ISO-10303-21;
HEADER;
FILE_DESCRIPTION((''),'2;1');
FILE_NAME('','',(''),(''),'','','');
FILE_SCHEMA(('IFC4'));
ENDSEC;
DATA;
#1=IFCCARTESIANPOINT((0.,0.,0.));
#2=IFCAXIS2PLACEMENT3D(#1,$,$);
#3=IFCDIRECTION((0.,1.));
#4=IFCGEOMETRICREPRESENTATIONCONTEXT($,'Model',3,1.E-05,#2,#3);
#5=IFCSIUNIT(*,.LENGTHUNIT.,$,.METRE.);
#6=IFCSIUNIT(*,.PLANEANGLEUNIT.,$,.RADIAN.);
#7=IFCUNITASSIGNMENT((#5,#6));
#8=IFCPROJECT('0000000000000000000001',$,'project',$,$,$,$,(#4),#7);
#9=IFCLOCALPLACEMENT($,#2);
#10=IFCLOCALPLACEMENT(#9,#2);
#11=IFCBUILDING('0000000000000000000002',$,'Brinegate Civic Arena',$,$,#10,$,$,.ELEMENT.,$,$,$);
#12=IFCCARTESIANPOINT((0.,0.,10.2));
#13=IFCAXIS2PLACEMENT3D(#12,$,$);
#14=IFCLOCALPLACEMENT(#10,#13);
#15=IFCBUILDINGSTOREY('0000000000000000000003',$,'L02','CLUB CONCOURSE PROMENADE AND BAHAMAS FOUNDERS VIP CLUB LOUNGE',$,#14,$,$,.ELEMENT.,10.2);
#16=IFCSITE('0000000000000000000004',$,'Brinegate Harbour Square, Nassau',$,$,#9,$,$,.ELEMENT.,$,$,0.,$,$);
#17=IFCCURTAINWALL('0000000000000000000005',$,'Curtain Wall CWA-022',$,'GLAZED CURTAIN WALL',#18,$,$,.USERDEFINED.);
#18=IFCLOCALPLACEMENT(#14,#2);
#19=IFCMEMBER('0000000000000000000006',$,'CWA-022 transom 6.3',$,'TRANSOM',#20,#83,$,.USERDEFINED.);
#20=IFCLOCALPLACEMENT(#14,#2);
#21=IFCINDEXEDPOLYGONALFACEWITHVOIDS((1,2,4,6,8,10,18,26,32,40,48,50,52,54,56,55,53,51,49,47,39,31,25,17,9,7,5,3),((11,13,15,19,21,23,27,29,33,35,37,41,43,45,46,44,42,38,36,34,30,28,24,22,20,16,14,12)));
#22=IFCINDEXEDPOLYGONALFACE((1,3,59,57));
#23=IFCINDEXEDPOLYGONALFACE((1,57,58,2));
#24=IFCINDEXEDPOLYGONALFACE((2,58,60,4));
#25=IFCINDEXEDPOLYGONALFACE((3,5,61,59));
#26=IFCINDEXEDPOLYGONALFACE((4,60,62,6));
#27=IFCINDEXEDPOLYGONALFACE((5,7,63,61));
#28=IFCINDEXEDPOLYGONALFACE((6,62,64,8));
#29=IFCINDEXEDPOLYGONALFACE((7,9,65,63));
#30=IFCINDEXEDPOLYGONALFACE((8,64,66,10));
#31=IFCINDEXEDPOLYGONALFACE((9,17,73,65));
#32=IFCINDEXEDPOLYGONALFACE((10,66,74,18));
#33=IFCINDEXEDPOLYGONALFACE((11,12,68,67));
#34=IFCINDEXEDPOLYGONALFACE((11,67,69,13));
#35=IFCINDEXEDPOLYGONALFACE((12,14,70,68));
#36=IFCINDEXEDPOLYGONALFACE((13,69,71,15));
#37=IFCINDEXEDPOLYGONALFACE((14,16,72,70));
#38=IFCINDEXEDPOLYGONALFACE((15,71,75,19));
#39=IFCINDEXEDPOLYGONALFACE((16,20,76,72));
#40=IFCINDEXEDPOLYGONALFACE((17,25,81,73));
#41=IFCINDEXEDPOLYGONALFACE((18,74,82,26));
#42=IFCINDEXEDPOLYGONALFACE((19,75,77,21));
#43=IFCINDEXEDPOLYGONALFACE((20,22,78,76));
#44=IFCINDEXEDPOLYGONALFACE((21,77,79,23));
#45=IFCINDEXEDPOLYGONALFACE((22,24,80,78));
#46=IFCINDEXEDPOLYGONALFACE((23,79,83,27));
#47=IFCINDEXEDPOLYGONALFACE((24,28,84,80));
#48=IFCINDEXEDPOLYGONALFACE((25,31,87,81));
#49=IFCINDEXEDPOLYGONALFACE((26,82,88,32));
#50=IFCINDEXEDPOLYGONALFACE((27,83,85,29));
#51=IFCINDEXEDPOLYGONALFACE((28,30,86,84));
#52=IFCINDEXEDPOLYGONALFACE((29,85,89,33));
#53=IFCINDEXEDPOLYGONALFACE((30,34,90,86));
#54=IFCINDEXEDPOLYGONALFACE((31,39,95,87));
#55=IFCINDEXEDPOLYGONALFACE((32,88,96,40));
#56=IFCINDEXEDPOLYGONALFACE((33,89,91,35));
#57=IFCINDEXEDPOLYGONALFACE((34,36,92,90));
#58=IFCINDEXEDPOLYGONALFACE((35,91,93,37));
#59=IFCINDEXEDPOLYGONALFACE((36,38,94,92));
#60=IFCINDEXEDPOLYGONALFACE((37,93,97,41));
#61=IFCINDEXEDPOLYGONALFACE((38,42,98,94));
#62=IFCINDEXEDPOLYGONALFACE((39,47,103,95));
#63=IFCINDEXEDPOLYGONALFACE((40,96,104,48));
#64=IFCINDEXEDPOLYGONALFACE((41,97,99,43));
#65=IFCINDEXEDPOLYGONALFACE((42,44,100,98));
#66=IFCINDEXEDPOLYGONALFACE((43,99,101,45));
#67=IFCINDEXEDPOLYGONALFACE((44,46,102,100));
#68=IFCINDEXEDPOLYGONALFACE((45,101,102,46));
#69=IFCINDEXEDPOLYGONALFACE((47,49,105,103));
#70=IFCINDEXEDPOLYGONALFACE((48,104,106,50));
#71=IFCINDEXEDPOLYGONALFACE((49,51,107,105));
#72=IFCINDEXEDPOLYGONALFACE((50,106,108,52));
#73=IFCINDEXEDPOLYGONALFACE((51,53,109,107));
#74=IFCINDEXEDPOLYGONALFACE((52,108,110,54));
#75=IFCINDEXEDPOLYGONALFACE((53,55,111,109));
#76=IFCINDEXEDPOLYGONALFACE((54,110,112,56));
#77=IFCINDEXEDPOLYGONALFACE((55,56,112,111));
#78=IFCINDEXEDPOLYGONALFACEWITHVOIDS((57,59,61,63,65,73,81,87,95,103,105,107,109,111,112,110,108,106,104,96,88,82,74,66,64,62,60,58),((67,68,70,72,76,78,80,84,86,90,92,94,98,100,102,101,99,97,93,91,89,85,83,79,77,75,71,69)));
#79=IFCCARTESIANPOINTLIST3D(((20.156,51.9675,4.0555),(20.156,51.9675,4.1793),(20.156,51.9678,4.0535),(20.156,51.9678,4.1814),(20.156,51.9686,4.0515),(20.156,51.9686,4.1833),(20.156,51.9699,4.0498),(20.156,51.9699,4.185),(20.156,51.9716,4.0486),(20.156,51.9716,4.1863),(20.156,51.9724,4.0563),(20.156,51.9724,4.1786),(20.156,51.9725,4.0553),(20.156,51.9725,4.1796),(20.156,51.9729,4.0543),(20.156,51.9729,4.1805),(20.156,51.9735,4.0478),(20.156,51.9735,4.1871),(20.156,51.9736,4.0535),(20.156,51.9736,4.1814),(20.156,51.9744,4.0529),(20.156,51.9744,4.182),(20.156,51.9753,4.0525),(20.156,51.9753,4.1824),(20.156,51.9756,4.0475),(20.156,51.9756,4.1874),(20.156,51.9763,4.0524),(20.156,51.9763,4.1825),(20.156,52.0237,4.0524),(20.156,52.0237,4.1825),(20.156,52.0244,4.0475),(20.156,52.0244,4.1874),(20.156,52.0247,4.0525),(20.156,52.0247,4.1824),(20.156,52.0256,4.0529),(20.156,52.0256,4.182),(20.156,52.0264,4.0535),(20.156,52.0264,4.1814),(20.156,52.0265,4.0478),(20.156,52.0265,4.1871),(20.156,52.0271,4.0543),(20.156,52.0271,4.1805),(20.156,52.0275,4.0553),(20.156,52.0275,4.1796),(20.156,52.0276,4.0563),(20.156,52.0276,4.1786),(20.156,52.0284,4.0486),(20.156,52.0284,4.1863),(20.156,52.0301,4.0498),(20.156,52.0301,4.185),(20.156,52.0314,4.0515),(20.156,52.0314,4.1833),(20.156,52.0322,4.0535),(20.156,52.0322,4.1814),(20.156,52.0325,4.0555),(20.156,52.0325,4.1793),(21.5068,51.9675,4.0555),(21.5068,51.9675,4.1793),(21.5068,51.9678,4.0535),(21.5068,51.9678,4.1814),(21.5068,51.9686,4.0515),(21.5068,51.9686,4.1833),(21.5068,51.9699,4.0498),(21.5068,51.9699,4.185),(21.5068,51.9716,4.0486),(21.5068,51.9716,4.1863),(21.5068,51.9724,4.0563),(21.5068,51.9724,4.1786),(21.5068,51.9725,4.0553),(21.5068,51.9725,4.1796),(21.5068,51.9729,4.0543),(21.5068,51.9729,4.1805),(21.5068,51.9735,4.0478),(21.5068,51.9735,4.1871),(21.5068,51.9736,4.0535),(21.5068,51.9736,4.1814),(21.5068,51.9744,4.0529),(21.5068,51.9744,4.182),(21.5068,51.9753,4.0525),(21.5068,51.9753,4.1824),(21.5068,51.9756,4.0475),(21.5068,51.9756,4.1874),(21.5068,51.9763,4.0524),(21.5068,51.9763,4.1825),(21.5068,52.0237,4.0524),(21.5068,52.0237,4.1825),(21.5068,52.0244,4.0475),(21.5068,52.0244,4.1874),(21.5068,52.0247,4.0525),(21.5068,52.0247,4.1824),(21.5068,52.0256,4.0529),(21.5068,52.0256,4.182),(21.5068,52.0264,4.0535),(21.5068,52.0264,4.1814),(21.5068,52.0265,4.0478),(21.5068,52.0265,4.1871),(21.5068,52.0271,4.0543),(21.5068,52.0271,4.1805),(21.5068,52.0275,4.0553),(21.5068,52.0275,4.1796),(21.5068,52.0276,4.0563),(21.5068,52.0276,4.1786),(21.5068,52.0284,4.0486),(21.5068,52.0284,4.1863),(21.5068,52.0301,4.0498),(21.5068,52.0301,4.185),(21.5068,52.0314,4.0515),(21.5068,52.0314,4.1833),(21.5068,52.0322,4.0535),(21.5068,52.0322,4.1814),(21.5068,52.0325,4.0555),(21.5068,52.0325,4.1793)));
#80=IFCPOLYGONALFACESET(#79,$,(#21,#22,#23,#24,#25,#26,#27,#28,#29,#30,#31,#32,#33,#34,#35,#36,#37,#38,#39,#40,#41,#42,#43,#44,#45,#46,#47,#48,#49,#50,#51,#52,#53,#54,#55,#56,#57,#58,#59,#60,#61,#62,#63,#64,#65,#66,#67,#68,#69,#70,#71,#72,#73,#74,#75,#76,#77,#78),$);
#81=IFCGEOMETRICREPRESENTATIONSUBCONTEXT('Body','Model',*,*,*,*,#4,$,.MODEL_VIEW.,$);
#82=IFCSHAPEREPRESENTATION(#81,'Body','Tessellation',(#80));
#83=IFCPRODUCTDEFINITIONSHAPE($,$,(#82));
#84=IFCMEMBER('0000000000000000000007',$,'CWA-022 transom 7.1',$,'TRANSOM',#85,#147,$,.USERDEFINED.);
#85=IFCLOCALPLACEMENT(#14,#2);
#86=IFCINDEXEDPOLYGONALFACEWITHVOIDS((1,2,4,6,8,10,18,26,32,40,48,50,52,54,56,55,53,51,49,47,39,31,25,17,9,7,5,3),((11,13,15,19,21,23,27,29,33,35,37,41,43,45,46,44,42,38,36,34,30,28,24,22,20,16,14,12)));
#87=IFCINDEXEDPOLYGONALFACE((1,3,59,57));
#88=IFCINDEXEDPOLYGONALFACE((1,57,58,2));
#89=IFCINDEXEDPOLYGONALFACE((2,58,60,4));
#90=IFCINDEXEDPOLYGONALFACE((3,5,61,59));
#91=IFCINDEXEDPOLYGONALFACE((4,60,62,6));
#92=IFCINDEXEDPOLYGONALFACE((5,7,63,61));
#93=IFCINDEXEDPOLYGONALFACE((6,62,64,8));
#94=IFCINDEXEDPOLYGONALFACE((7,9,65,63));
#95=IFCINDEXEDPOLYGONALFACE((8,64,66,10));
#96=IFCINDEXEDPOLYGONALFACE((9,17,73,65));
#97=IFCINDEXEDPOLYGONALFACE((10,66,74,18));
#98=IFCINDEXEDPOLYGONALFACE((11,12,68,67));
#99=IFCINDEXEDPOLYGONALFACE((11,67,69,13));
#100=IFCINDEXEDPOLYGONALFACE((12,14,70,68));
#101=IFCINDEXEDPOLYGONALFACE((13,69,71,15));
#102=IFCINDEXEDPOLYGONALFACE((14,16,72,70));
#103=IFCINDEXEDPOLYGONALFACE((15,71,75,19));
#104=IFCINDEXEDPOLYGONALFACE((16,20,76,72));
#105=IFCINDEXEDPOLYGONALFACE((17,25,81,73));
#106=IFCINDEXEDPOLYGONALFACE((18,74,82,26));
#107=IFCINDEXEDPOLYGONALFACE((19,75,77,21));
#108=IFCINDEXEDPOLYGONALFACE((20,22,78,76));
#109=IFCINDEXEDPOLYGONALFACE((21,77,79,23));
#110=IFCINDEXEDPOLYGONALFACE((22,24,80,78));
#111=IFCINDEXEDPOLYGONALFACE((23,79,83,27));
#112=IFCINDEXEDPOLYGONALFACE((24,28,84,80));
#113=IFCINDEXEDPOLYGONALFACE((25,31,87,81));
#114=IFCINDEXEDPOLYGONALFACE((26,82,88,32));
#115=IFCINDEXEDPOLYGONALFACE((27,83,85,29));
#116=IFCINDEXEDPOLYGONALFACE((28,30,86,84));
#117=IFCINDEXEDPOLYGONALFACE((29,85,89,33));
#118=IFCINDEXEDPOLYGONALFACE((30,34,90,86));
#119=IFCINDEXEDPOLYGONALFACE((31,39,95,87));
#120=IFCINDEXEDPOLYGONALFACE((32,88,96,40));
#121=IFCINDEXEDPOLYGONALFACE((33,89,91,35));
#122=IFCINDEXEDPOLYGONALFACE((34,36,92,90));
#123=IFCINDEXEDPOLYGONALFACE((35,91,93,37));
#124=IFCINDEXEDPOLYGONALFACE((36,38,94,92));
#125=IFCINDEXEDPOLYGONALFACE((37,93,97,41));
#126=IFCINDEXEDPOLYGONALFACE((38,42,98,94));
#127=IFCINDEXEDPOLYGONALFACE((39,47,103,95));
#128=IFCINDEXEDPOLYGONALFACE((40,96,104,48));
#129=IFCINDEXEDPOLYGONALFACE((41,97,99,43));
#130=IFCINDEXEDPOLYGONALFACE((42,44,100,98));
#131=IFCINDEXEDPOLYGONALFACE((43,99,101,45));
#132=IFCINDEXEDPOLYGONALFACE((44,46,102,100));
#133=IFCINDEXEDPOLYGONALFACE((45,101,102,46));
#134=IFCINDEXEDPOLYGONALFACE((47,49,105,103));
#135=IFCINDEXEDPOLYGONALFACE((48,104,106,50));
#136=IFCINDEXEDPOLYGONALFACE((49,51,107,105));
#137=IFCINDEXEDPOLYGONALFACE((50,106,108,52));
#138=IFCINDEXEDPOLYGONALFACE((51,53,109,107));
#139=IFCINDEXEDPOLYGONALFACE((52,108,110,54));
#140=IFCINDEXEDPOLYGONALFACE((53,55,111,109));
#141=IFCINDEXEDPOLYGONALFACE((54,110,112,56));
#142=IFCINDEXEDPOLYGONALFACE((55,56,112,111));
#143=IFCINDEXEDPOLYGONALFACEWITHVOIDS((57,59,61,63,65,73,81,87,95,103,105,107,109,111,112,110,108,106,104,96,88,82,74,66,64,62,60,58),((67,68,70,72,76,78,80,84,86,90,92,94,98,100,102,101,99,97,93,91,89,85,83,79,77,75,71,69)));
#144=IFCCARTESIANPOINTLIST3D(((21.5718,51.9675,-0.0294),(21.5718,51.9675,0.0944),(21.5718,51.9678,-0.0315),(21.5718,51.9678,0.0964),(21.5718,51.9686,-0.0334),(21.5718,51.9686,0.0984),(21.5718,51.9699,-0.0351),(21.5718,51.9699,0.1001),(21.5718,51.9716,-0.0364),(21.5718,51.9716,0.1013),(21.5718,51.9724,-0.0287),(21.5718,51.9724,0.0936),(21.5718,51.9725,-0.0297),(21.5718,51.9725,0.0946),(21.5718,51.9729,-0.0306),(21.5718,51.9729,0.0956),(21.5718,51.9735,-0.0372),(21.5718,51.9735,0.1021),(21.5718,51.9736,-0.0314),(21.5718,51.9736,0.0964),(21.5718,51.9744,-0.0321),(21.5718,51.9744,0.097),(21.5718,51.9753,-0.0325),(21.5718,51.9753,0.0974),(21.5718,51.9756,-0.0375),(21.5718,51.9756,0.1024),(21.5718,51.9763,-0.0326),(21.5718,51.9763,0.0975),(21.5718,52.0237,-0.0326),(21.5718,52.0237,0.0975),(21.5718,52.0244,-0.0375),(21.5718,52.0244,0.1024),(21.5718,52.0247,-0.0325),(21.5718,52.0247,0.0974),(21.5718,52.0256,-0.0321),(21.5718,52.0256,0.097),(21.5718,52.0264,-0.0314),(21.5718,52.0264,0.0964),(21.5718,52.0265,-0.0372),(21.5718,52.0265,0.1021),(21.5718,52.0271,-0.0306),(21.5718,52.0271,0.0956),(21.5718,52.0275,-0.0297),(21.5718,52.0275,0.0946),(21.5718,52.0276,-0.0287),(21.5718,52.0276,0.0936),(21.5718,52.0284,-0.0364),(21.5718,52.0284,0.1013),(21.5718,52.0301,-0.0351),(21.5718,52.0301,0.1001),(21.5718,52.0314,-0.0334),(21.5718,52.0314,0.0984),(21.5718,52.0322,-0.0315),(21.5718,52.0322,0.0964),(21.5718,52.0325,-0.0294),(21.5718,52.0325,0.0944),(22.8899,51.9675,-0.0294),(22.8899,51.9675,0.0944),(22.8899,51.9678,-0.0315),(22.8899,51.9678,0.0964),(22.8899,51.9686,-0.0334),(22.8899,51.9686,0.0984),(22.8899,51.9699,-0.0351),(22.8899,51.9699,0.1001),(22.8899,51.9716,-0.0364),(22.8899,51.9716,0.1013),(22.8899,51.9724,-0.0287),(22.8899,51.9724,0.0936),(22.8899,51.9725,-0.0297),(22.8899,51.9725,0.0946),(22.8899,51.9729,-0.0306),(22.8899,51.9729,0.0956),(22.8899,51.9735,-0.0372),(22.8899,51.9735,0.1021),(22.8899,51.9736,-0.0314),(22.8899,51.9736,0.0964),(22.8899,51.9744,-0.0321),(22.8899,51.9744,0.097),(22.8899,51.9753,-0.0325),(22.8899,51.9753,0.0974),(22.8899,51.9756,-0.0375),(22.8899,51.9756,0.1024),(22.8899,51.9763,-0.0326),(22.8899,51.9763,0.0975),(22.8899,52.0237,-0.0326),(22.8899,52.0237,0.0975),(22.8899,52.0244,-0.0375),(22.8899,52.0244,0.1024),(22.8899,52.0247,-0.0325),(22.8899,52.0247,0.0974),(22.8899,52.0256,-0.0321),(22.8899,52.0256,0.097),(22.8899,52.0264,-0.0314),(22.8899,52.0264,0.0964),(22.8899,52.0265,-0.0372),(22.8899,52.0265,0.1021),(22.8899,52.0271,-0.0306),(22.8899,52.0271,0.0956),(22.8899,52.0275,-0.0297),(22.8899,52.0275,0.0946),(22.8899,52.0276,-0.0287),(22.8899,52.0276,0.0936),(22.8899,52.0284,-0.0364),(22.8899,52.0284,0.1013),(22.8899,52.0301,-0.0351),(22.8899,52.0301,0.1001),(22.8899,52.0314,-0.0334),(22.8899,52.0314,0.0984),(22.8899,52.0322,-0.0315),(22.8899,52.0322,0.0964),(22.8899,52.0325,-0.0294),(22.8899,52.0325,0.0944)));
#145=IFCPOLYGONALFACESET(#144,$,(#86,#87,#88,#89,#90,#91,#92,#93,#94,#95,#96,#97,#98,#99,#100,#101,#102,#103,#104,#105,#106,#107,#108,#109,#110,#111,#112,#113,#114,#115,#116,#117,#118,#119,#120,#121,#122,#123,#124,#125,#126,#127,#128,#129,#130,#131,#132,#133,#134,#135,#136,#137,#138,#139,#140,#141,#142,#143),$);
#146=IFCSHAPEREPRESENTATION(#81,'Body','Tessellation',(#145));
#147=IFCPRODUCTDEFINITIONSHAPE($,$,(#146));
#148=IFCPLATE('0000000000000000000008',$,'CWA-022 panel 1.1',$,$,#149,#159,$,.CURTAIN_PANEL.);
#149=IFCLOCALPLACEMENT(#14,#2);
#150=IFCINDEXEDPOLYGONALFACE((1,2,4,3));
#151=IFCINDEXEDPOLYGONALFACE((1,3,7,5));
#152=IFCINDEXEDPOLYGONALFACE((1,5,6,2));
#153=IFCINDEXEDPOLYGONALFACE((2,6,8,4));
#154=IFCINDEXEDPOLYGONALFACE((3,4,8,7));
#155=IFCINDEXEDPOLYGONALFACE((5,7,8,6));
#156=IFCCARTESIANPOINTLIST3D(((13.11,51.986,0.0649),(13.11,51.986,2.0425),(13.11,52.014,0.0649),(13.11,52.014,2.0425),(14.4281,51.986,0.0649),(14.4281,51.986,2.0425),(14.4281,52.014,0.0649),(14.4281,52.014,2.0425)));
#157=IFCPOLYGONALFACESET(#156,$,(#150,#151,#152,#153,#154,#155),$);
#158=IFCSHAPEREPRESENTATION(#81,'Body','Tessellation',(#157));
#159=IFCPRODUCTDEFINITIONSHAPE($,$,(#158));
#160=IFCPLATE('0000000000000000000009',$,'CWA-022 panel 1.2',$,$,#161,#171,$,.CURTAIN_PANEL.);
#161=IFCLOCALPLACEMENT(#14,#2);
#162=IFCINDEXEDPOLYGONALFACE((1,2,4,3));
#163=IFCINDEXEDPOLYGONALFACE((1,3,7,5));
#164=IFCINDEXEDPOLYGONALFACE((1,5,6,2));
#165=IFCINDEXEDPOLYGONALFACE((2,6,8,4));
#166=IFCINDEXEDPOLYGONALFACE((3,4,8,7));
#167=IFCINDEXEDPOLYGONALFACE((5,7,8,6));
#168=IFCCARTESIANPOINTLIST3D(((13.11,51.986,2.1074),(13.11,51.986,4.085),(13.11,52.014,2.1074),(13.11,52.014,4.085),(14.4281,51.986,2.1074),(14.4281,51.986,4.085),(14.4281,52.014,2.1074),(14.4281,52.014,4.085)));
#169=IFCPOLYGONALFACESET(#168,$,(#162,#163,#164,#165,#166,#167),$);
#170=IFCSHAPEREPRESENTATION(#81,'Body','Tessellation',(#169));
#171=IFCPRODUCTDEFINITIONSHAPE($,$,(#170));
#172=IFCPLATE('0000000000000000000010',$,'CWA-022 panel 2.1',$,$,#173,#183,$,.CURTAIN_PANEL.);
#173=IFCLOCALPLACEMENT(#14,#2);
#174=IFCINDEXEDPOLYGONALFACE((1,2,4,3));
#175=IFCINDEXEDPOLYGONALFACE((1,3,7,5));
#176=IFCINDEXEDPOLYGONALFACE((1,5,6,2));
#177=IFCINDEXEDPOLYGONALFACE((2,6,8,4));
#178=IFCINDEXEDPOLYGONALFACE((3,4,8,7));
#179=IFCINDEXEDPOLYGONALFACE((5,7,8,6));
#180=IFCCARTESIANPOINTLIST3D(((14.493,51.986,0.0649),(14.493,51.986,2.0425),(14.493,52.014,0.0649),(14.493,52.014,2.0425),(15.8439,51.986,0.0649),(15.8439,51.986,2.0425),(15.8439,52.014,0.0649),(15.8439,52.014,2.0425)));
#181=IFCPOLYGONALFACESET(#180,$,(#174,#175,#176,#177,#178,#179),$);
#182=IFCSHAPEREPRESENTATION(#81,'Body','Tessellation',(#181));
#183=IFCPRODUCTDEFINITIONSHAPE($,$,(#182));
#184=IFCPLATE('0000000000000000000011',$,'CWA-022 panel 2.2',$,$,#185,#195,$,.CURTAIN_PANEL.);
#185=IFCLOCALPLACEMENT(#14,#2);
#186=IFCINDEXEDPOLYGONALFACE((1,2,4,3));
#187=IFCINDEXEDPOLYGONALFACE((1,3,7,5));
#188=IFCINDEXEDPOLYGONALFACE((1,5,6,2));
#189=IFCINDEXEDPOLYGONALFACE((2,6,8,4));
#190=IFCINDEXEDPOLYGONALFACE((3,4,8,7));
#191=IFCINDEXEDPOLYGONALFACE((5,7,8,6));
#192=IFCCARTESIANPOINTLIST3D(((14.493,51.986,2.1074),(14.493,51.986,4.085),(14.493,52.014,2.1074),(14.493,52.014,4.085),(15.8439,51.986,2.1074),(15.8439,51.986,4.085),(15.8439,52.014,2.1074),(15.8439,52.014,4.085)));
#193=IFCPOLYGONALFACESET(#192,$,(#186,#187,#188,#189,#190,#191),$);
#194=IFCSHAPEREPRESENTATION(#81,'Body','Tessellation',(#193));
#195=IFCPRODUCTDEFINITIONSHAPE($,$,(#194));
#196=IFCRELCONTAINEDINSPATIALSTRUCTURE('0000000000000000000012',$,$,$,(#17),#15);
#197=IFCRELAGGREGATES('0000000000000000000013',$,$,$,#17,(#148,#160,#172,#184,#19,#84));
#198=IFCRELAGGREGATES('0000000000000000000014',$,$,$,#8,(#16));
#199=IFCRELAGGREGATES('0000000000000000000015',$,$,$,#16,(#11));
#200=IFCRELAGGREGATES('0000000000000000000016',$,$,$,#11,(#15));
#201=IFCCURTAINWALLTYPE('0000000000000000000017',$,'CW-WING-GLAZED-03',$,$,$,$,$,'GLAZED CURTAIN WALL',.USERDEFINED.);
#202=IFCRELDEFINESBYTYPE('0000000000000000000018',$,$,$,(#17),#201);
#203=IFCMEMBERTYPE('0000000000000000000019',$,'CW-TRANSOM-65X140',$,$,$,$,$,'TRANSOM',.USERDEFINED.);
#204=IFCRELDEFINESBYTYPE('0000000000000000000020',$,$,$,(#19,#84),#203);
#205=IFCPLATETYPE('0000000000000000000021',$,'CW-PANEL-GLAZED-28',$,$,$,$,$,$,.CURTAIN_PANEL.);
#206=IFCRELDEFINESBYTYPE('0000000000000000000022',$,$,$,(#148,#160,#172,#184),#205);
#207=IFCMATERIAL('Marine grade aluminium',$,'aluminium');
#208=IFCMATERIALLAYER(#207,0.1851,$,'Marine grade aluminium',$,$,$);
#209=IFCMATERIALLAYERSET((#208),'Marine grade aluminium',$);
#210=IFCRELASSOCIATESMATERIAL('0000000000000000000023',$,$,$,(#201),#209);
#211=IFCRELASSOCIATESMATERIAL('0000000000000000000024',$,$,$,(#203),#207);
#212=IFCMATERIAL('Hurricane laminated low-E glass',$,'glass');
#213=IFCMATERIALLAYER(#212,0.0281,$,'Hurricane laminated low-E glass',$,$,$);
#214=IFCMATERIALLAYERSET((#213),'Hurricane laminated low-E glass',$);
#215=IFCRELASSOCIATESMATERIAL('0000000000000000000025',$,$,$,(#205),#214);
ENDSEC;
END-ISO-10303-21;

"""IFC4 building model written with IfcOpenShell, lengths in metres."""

from ifc_helpers import new_model, si_unit, direction, frame, origin, origin_2d, place, context, subcontext, project, spatial, rectangle, hollow_rectangle, extrude, material, layer, layer_set, material_profile, profile_set, type_object, element, aggregate, save


model = new_model("IFC4")

# Units and contexts
model_context = context("Model", 3, precision=1e-05, world=origin(), true_north=direction((0.0, 1.0)))
body_context = subcontext(model_context, "Body", "Model", "MODEL_VIEW")
ifc_project = project(units=[si_unit("LENGTHUNIT", "METRE"), si_unit("PLANEANGLEUNIT", "RADIAN")], contexts=[model_context])

# Site, building, storey
site_placement = place(None, origin())
site = spatial("IfcSite", under=ifc_project, at=site_placement, Name="Brinegate Harbour Square, Nassau", CompositionType="ELEMENT", RefElevation=0.0)
building_placement = place(site_placement, origin())
building = spatial("IfcBuilding", under=site, at=building_placement, Name="Brinegate Civic Arena", CompositionType="ELEMENT")
storey_placement = place(building_placement, frame((0.0, 0.0, 10.2)))
storey = spatial("IfcBuildingStorey", under=building, at=storey_placement, Name="L02", Description="CLUB CONCOURSE PROMENADE AND BAHAMAS FOUNDERS VIP CLUB LOUNGE", CompositionType="ELEMENT", Elevation=10.2)

# Curtain wall, members, plates
ifc_material_1 = material(Name="Marine grade aluminium", Category="aluminium")
ifc_layer_1 = layer(ifc_material_1, 0.1851, Name="Marine grade aluminium")
ifc_layer_set_1 = layer_set([ifc_layer_1], Name="Marine grade aluminium")
curtain_wall_type = type_object("IfcCurtainWallType", Name="CW-WING-GLAZED-03", ElementType="GLAZED CURTAIN WALL", PredefinedType="USERDEFINED", material=ifc_layer_set_1)
curtain_wall_placement = place(storey_placement, origin())
curtain_wall = element("IfcCurtainWall", 1, at=curtain_wall_placement, inside=storey, type_object=curtain_wall_type, Name="Curtain Wall CWA-022", ObjectType="GLAZED CURTAIN WALL", PredefinedType="USERDEFINED")
ifc_material_profile_1 = material_profile(ifc_material_1, hollow_rectangle(XDim=0.0649, YDim=0.1399, WallThickness=0.0049, InnerFilletRadius=0.0039, OuterFilletRadius=0.0081, at=origin_2d()), Name="TRN65X140")
ifc_profile_set_1 = profile_set([ifc_material_profile_1], Name="Marine grade aluminium")
member_type_1 = type_object("IfcMemberType", Name="CW-TRANSOM-65X140", ElementType="TRANSOM", PredefinedType="USERDEFINED", material=ifc_profile_set_1)
member_1_placement = place(storey_placement, frame((20.156, 52.0, 4.1174), z_axis=(1.0, 0.0, 0.0), x_axis=(0.0, 1.0, 0.0)))
member_1 = element("IfcMember", 2, at=member_1_placement, type_object=member_type_1, Name="CWA-022 transom 6.3", ObjectType="TRANSOM", PredefinedType="USERDEFINED", context=body_context, shape_type="SweptSolid", body=[
    extrude(hollow_rectangle(XDim=0.0649, YDim=0.1399, WallThickness=0.0049, InnerFilletRadius=0.0039, OuterFilletRadius=0.0081, at=origin_2d()), origin(), (0.0, 0.0, 1.0), 1.3508),
])
member_2_placement = place(storey_placement, frame((21.5718, 52.0, 0.0325), z_axis=(1.0, 0.0, 0.0), x_axis=(0.0, 1.0, 0.0)))
member_2 = element("IfcMember", 3, at=member_2_placement, type_object=member_type_1, Name="CWA-022 transom 7.1", ObjectType="TRANSOM", PredefinedType="USERDEFINED", context=body_context, shape_type="SweptSolid", body=[
    extrude(hollow_rectangle(XDim=0.0649, YDim=0.1399, WallThickness=0.0049, InnerFilletRadius=0.0039, OuterFilletRadius=0.0081, at=origin_2d()), origin(), (0.0, 0.0, 1.0), 1.3181),
])
ifc_material_2 = material(Name="Hurricane laminated low-E glass", Category="glass")
ifc_layer_2 = layer(ifc_material_2, 0.0281, Name="Hurricane laminated low-E glass")
ifc_layer_set_2 = layer_set([ifc_layer_2], Name="Hurricane laminated low-E glass")
plate_type = type_object("IfcPlateType", Name="CW-PANEL-GLAZED-28", PredefinedType="CURTAIN_PANEL", material=ifc_layer_set_2)
plate_1_placement = place(storey_placement, frame((13.769, 52.0, 0.0649), z_axis=(0.0, 0.0, 1.0), x_axis=(1.0, 0.0, 0.0)))
plate_1 = element("IfcPlate", 4, at=plate_1_placement, type_object=plate_type, Name="CWA-022 panel 1.1", PredefinedType="CURTAIN_PANEL", context=body_context, shape_type="SweptSolid", body=[
    extrude(rectangle(XDim=1.3181, YDim=0.0281, at=origin_2d()), origin(), (0.0, 0.0, 1.0), 1.9775),
])
plate_2_placement = place(storey_placement, frame((13.769, 52.0, 2.1074), z_axis=(0.0, 0.0, 1.0), x_axis=(1.0, 0.0, 0.0)))
plate_2 = element("IfcPlate", 5, at=plate_2_placement, type_object=plate_type, Name="CWA-022 panel 1.2", PredefinedType="CURTAIN_PANEL", context=body_context, shape_type="SweptSolid", body=[
    extrude(rectangle(XDim=1.3181, YDim=0.0281, at=origin_2d()), origin(), (0.0, 0.0, 1.0), 1.9775),
])
plate_3_placement = place(storey_placement, frame((15.1685, 52.0, 0.0649), z_axis=(0.0, 0.0, 1.0), x_axis=(1.0, 0.0, 0.0)))
plate_3 = element("IfcPlate", 6, at=plate_3_placement, type_object=plate_type, Name="CWA-022 panel 2.1", PredefinedType="CURTAIN_PANEL", context=body_context, shape_type="SweptSolid", body=[
    extrude(rectangle(XDim=1.3508, YDim=0.0281, at=origin_2d()), origin(), (0.0, 0.0, 1.0), 1.9775),
])
plate_4_placement = place(storey_placement, frame((15.1685, 52.0, 2.1074), z_axis=(0.0, 0.0, 1.0), x_axis=(1.0, 0.0, 0.0)))
plate_4 = element("IfcPlate", 7, at=plate_4_placement, type_object=plate_type, Name="CWA-022 panel 2.2", PredefinedType="CURTAIN_PANEL", context=body_context, shape_type="SweptSolid", body=[
    extrude(rectangle(XDim=1.3508, YDim=0.0281, at=origin_2d()), origin(), (0.0, 0.0, 1.0), 1.9775),
])
aggregate(curtain_wall, [plate_1, plate_2, plate_3, plate_4, member_1, member_2])

save(model, "model.ifc")
